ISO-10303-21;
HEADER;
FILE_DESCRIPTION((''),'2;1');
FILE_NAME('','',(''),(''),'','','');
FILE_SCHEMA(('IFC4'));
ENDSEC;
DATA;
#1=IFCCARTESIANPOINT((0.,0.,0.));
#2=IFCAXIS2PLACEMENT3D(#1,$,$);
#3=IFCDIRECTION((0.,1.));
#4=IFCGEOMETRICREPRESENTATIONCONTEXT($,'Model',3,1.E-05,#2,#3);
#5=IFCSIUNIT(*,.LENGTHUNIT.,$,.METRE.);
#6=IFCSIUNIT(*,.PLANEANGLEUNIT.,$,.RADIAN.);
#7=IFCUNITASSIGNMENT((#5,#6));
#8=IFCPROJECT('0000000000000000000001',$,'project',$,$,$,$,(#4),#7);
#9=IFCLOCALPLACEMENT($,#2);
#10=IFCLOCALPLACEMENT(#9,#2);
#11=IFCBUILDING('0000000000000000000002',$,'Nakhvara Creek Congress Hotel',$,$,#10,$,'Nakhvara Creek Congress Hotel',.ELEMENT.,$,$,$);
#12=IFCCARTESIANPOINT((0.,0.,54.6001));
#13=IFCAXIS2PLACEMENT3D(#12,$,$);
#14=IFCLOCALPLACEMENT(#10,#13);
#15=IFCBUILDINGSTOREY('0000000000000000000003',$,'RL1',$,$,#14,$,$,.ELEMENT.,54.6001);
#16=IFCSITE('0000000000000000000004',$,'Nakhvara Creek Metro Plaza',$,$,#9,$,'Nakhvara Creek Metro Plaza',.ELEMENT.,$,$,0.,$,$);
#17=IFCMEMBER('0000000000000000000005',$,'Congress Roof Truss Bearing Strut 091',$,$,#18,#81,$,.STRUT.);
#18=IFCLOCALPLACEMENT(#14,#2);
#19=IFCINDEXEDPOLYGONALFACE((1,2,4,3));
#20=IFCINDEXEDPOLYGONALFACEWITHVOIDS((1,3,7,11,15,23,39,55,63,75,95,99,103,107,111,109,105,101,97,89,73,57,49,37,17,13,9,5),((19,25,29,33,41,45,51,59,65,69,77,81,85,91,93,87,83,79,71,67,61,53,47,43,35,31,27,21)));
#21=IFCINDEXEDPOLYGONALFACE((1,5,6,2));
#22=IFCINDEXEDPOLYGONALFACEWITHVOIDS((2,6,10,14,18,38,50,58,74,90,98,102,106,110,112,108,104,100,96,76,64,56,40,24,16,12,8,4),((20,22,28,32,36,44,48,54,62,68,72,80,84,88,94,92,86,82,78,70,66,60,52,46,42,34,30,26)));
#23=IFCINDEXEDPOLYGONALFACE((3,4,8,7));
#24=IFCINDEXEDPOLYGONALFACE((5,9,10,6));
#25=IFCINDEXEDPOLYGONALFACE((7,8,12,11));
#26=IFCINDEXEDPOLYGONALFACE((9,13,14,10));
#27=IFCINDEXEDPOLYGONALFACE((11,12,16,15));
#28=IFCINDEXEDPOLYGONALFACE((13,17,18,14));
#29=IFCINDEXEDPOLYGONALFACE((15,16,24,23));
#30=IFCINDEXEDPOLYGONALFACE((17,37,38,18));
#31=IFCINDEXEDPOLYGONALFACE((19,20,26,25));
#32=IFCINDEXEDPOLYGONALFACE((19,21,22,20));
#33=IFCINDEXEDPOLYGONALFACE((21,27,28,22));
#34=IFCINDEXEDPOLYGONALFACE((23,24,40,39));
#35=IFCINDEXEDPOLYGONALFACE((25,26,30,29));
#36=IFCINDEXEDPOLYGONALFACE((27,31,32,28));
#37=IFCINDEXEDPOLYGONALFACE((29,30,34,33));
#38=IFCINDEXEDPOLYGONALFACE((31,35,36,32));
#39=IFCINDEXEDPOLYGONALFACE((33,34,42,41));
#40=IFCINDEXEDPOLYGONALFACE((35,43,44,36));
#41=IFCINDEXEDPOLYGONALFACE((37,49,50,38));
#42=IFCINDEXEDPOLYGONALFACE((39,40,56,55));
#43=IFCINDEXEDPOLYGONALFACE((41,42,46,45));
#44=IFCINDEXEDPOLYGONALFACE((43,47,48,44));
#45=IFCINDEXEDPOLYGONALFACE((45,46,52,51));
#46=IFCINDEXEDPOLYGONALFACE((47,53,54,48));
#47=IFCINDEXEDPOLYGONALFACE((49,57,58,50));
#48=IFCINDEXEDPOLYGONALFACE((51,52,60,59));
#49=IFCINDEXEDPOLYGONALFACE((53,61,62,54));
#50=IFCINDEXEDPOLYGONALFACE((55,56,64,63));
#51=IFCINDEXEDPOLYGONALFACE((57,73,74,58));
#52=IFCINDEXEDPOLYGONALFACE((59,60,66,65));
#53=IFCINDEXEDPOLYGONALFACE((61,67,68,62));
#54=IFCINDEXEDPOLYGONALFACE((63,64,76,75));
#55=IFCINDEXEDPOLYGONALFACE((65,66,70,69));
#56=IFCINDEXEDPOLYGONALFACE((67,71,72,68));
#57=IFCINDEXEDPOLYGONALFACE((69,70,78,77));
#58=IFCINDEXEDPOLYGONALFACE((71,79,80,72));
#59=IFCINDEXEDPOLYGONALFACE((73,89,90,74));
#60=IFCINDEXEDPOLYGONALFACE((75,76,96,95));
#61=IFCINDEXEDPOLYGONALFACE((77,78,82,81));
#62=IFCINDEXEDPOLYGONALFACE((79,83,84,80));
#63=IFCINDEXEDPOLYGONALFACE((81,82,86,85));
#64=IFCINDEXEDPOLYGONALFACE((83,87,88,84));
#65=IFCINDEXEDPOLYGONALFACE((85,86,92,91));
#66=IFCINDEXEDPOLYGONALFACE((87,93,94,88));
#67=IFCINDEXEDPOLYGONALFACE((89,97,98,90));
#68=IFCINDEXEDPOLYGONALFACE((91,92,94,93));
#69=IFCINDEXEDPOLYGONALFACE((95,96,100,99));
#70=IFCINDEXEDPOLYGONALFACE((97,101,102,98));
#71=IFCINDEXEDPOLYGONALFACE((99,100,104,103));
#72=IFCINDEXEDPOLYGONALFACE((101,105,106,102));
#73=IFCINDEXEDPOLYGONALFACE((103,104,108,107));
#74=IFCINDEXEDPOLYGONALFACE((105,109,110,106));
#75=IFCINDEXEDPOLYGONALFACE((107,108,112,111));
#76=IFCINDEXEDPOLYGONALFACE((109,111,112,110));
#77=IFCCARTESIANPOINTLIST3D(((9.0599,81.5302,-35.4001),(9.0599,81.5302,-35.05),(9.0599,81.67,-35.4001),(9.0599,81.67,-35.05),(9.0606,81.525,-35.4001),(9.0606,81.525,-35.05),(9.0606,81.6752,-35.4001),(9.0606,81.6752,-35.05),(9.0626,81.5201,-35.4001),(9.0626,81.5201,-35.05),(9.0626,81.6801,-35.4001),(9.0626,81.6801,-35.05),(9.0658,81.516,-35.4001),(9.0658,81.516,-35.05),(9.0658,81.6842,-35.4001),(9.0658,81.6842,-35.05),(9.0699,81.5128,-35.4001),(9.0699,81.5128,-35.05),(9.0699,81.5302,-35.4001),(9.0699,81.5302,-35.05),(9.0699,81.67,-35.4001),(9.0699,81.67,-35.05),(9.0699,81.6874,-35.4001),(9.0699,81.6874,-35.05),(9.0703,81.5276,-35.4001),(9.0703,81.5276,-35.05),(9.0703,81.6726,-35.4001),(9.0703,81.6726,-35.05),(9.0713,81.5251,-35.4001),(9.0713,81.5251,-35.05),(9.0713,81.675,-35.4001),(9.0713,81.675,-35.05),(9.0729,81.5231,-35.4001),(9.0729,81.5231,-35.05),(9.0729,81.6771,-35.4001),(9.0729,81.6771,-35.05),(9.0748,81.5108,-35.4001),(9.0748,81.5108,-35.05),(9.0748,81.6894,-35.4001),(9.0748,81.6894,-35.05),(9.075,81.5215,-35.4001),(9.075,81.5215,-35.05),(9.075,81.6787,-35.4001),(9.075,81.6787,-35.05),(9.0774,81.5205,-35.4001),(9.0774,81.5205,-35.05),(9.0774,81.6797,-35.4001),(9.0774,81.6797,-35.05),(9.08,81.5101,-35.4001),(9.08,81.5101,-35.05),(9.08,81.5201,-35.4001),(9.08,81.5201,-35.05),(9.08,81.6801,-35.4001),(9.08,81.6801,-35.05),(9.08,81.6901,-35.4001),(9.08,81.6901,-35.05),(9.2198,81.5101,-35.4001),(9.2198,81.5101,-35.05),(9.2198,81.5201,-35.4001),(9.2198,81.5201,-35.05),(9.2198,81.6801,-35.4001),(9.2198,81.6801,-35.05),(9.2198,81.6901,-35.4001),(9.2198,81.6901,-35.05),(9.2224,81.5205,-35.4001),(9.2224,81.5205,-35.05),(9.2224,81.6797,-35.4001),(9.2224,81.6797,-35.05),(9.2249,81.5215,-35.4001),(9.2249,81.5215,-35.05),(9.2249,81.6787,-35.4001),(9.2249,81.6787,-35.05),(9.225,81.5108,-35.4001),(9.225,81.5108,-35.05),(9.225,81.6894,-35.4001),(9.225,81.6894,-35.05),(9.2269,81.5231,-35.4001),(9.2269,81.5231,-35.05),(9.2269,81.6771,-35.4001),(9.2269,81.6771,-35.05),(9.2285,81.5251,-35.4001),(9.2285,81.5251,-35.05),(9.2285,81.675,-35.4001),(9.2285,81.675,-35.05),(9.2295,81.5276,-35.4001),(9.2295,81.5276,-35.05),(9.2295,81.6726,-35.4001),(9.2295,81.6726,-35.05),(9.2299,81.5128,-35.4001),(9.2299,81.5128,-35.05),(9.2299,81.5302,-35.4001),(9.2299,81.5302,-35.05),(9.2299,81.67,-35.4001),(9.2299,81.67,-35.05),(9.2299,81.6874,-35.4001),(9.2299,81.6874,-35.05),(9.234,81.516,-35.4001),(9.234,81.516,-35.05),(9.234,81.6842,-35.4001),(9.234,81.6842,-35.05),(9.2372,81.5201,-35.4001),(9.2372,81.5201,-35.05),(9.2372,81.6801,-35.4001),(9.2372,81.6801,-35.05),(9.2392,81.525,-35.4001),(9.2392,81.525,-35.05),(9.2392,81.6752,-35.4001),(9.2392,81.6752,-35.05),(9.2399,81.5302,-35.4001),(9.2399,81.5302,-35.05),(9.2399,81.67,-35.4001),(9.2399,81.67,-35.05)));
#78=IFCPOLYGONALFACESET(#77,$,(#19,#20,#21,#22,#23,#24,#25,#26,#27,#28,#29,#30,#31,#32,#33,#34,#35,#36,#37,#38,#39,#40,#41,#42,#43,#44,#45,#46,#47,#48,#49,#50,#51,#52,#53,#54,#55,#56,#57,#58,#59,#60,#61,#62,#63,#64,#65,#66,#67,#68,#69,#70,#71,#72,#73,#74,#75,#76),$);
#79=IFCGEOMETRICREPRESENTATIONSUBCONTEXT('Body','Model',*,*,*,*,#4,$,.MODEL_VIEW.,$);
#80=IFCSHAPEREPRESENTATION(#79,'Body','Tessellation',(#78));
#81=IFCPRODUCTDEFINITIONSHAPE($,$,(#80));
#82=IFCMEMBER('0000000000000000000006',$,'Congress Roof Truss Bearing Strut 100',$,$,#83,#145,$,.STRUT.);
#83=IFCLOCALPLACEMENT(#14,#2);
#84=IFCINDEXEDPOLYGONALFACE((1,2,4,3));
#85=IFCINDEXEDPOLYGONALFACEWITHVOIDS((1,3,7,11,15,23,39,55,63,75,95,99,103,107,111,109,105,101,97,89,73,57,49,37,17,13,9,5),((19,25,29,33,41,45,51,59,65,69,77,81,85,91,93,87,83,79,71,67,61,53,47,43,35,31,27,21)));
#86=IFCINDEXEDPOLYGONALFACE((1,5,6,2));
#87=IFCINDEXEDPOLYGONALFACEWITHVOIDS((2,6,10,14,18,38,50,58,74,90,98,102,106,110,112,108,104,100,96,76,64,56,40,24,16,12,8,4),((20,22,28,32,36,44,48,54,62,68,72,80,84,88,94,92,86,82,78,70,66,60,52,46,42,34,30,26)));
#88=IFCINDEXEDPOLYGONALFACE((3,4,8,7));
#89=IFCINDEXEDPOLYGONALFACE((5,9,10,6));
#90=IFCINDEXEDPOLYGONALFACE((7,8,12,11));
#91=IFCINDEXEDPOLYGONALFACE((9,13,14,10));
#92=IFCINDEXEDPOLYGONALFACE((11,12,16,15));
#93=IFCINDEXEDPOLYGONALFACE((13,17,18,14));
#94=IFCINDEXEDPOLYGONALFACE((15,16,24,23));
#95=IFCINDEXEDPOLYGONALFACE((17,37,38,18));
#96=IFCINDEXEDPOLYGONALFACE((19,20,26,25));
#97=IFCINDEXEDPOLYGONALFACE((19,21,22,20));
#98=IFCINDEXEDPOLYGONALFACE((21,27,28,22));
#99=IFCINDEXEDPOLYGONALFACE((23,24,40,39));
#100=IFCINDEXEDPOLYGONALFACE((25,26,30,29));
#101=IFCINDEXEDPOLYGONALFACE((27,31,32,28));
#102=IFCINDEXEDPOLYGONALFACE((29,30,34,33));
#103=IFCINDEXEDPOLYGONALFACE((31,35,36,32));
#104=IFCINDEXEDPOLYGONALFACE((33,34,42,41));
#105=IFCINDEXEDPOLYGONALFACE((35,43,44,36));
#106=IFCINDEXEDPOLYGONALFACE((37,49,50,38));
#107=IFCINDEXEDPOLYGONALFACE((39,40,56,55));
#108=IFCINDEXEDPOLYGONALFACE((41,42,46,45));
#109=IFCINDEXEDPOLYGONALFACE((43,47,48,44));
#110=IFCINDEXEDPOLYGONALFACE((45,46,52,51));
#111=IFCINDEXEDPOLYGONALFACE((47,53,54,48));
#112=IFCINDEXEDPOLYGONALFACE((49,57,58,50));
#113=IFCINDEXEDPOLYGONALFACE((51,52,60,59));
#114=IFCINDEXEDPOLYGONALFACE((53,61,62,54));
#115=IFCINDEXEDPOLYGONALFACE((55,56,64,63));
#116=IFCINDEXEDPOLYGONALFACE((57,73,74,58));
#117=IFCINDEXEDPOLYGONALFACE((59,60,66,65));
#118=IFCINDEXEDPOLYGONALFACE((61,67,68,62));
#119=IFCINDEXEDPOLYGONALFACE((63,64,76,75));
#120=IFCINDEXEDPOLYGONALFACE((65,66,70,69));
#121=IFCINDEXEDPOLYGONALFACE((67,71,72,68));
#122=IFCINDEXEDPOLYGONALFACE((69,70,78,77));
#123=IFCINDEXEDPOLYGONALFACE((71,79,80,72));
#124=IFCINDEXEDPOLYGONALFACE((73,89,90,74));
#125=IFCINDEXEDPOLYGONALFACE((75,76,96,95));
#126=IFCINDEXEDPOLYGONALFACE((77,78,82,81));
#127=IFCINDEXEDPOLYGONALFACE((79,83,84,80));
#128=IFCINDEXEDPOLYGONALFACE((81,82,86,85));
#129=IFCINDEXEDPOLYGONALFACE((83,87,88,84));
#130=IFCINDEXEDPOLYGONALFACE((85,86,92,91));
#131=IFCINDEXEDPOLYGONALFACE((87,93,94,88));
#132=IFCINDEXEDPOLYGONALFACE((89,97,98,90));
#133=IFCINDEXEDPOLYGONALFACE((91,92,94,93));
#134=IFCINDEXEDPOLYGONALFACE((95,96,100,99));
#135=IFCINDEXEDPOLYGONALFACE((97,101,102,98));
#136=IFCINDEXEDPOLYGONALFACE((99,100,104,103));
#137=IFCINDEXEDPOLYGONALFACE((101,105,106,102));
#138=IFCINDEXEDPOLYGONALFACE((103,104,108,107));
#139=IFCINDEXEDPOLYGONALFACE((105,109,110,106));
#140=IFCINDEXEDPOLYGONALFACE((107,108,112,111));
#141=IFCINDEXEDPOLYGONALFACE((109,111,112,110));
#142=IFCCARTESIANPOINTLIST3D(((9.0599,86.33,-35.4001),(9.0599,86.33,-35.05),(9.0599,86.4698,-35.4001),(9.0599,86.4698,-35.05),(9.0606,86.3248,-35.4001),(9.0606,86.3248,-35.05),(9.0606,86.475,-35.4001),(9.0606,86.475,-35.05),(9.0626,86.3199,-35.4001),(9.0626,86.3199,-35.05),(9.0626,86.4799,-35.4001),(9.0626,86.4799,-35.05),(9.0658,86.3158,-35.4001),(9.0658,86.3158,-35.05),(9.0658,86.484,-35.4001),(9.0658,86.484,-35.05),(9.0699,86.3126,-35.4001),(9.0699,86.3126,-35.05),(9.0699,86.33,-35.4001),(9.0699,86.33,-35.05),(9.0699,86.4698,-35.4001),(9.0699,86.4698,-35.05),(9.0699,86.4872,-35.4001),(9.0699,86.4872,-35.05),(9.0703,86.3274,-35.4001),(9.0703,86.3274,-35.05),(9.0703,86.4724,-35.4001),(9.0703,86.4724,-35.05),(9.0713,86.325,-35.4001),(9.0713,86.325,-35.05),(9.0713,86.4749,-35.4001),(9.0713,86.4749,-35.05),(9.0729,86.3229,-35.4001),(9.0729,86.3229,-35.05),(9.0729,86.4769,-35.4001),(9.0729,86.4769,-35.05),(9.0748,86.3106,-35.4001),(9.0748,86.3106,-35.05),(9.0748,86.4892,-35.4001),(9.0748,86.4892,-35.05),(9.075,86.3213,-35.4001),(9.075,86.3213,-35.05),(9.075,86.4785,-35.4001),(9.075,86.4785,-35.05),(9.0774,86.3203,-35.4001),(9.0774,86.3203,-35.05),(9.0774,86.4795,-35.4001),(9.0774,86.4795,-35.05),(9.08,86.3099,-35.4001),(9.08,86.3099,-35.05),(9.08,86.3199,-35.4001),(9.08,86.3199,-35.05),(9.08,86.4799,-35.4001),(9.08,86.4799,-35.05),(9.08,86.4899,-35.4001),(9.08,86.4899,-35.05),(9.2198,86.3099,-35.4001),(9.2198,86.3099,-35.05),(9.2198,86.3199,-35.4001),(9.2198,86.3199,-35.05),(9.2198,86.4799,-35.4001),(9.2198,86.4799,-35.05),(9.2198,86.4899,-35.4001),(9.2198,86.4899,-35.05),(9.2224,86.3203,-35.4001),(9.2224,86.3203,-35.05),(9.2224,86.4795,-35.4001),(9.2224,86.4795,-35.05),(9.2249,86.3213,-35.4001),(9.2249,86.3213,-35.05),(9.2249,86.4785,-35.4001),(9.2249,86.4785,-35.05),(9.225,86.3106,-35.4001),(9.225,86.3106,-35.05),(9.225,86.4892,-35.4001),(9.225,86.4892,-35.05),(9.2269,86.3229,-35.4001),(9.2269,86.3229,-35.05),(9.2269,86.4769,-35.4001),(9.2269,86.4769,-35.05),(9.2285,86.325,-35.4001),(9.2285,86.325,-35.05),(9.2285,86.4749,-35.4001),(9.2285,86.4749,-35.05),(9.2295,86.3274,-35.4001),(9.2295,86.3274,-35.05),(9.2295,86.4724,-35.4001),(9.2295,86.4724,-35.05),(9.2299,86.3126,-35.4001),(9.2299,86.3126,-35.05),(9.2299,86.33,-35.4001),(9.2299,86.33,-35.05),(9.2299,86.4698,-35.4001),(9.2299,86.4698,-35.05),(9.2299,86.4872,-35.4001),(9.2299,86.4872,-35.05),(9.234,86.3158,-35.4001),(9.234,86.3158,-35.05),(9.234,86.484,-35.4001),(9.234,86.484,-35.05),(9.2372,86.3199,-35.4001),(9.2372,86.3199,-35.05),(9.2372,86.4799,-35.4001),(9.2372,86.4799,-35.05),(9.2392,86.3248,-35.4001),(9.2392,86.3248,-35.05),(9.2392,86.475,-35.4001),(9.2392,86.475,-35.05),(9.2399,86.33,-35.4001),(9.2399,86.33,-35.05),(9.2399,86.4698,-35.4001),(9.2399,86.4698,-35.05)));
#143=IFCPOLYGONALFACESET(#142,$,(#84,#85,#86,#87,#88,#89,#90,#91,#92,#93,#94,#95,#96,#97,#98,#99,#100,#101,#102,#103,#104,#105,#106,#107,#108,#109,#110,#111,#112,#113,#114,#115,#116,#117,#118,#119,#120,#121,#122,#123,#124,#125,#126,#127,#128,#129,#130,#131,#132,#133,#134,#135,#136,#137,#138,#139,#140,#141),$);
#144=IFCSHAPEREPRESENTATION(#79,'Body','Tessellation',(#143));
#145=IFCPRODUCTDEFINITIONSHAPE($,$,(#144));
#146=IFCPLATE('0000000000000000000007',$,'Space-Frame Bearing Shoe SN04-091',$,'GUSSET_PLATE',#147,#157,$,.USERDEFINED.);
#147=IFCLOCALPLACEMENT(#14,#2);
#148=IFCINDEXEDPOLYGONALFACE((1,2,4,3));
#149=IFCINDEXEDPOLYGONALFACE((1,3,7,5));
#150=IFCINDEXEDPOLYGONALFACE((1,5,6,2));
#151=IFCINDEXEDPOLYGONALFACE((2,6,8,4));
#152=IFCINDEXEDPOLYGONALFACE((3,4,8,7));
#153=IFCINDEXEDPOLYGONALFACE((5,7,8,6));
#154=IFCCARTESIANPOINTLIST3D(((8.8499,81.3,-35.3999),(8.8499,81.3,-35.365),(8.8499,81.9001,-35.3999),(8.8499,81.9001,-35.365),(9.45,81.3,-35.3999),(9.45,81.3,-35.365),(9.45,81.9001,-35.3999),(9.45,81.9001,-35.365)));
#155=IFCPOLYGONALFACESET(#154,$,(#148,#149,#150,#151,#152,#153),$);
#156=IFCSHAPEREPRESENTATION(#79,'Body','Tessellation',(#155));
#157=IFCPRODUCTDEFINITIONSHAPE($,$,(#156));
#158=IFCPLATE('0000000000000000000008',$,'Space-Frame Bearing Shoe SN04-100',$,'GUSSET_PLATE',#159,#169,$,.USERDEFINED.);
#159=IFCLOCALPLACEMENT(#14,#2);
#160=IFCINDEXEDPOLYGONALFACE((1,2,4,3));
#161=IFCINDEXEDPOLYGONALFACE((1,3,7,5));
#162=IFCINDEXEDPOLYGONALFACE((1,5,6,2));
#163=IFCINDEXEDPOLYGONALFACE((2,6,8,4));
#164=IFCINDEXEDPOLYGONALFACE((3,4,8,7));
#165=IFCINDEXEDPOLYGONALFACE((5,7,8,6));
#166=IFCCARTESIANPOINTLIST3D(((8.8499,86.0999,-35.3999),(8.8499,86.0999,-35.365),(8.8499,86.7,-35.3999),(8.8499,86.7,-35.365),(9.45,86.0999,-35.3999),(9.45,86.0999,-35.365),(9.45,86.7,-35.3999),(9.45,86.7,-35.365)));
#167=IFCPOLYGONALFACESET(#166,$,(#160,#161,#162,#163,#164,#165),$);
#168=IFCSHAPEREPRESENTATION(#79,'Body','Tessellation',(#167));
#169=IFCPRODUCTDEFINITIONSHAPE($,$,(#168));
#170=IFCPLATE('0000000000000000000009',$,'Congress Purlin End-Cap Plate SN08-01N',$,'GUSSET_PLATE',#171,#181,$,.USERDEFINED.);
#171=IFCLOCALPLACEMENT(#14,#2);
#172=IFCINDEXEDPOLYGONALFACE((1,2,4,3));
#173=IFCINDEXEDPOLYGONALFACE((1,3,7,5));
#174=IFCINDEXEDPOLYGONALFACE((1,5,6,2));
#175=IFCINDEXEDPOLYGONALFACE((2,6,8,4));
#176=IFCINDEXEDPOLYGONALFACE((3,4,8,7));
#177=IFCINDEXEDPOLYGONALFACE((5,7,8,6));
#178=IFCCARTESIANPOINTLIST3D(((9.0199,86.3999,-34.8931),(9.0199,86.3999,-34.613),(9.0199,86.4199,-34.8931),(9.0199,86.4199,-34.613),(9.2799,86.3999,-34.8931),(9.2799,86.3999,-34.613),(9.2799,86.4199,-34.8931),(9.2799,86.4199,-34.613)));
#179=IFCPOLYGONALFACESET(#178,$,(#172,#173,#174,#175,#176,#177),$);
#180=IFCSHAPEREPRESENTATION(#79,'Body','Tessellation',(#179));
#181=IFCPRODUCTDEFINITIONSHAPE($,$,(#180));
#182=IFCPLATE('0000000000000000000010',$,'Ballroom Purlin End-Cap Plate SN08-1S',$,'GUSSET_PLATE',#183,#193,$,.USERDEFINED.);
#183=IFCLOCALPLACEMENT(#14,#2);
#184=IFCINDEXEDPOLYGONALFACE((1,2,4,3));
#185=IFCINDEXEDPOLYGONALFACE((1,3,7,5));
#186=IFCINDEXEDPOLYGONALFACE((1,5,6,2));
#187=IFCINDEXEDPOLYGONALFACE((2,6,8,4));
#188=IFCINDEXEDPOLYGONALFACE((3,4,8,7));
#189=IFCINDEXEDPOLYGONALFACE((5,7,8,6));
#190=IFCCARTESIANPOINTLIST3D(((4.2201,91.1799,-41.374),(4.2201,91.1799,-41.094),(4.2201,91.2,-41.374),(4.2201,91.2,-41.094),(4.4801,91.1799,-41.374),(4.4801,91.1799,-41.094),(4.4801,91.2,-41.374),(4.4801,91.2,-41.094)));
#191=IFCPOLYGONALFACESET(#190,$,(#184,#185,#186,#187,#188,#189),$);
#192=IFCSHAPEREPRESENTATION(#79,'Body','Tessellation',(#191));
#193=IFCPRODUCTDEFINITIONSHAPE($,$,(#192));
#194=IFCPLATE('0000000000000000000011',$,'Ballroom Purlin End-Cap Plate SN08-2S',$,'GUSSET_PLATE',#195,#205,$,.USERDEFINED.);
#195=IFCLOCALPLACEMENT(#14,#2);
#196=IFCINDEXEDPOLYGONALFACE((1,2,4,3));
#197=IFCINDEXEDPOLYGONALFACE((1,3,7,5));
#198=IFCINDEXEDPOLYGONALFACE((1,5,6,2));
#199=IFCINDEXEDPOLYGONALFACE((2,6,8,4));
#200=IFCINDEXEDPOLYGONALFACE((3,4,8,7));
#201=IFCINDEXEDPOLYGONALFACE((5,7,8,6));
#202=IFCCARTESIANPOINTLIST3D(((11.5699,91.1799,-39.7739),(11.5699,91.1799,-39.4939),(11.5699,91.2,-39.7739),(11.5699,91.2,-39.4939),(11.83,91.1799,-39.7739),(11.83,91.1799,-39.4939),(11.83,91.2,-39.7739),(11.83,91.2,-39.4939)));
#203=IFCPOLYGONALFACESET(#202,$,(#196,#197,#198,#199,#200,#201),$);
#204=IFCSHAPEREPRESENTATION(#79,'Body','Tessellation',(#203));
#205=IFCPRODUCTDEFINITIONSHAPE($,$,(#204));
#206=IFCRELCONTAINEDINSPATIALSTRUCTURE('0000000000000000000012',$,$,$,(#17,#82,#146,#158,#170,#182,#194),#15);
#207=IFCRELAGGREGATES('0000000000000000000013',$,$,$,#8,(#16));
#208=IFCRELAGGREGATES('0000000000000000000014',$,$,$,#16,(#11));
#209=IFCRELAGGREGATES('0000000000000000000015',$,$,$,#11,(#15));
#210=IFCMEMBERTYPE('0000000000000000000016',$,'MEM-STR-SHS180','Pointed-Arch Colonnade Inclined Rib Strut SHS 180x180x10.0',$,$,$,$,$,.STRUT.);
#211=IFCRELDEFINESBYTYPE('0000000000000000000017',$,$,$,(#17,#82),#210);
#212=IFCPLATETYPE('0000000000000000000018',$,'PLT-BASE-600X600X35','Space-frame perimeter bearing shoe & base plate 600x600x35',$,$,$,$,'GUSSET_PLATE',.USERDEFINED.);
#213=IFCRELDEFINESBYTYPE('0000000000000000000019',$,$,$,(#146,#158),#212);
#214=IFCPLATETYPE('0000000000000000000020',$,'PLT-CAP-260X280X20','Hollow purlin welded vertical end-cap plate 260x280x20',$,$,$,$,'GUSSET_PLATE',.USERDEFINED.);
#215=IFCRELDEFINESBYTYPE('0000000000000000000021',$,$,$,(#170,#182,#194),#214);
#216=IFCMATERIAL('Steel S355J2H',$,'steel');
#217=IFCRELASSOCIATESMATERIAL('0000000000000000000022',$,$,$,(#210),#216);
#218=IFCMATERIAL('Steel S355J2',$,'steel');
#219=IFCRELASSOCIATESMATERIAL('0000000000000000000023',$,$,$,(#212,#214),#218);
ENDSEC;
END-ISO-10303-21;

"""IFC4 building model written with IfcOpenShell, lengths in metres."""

from ifc_helpers import new_model, si_unit, direction, frame, origin, origin_2d, place, context, subcontext, project, spatial, rectangle, hollow_rectangle, extrude, material, material_profile, profile_set, type_object, element, save


model = new_model("IFC4")

# Units and contexts
model_context = context("Model", 3, precision=1e-05, world=origin(), true_north=direction((0.0, 1.0)))
body_context = subcontext(model_context, "Body", "Model", "MODEL_VIEW")
ifc_project = project(units=[si_unit("LENGTHUNIT", "METRE"), si_unit("PLANEANGLEUNIT", "RADIAN")], contexts=[model_context])

# Site, building, storey
site_placement = place(None, origin())
site = spatial("IfcSite", under=ifc_project, at=site_placement, Name="Nakhvara Creek Metro Plaza", LongName="Nakhvara Creek Metro Plaza", CompositionType="ELEMENT", RefElevation=0.0)
building_placement = place(site_placement, origin())
building = spatial("IfcBuilding", under=site, at=building_placement, Name="Nakhvara Creek Congress Hotel", LongName="Nakhvara Creek Congress Hotel", CompositionType="ELEMENT")
storey_placement = place(building_placement, frame((0.0, 0.0, 54.6001)))
storey = spatial("IfcBuildingStorey", under=building, at=storey_placement, Name="RL1", CompositionType="ELEMENT", Elevation=54.6001)

# Members
ifc_material_1 = material(Name="Steel S355J2H", Category="steel")
ifc_material_profile_1 = material_profile(ifc_material_1, hollow_rectangle(XDim=0.1799, YDim=0.1799, WallThickness=0.01, InnerFilletRadius=0.01, OuterFilletRadius=0.02, at=origin_2d()), Name="SHS 180x180x10.0", Category="LoadBearing")
ifc_profile_set_1 = profile_set([ifc_material_profile_1], Name="Steel S355J2H")
member_type_1 = type_object("IfcMemberType", Name="MEM-STR-SHS180", Description="Pointed-Arch Colonnade Inclined Rib Strut SHS 180x180x10.0", PredefinedType="STRUT", material=ifc_profile_set_1)
for number, where, z_axis, x_axis, name in (
    (1, (9.1499, 81.6001, -35.4001), (0.0, 0.0, 1.0), (1.0, 0.0, 0.0), "Congress Roof Truss Bearing Strut 091"),
    (2, (9.1499, 86.3999, -35.4001), (0.0, 0.0, 1.0), (1.0, 0.0, 0.0), "Congress Roof Truss Bearing Strut 100"),
):
    element("IfcMember", number, at=place(storey_placement, frame(where, z_axis=z_axis, x_axis=x_axis)), inside=storey, type_object=member_type_1, Name=name, PredefinedType="STRUT", context=body_context, shape_type="SweptSolid", body=[
        extrude(hollow_rectangle(XDim=0.1799, YDim=0.1799, WallThickness=0.01, InnerFilletRadius=0.01, OuterFilletRadius=0.02, at=origin_2d()), origin(), (0.0, 0.0, 1.0), 0.3501),
    ])

# Plates
ifc_material_2 = material(Name="Steel S355J2", Category="steel")
plate_type_1 = type_object("IfcPlateType", Name="PLT-BASE-600X600X35", Description="Space-frame perimeter bearing shoe & base plate 600x600x35", ElementType="GUSSET_PLATE", PredefinedType="USERDEFINED", material=ifc_material_2)
for number, where, z_axis, x_axis, name in (
    (3, (9.1499, 81.6001, -35.3999), (0.0, 0.0, 1.0), (1.0, 0.0, 0.0), "Space-Frame Bearing Shoe SN04-091"),
    (4, (9.1499, 86.3999, -35.3999), (0.0, 0.0, 1.0), (1.0, 0.0, 0.0), "Space-Frame Bearing Shoe SN04-100"),
):
    element("IfcPlate", number, at=place(storey_placement, frame(where, z_axis=z_axis, x_axis=x_axis)), inside=storey, type_object=plate_type_1, Name=name, ObjectType="GUSSET_PLATE", PredefinedType="USERDEFINED", context=body_context, shape_type="SweptSolid", body=[
        extrude(rectangle(XDim=0.6001, YDim=0.6001, at=origin_2d()), origin(), (0.0, 0.0, 1.0), 0.0349),
    ])
plate_type_2 = type_object("IfcPlateType", Name="PLT-CAP-260X280X20", Description="Hollow purlin welded vertical end-cap plate 260x280x20", ElementType="GUSSET_PLATE", PredefinedType="USERDEFINED", material=ifc_material_2)
for number, where, z_axis, x_axis, name in (
    (5, (9.1499, 86.4099, -34.8931), (0.0, 0.0, 1.0), (1.0, 0.0, 0.0), "Congress Purlin End-Cap Plate SN08-01N"),
    (6, (4.3501, 91.1899, -41.374), (0.0, 0.0, 1.0), (1.0, 0.0, 0.0), "Ballroom Purlin End-Cap Plate SN08-1S"),
    (7, (11.7, 91.1899, -39.7739), (0.0, 0.0, 1.0), (1.0, 0.0, 0.0), "Ballroom Purlin End-Cap Plate SN08-2S"),
):
    element("IfcPlate", number, at=place(storey_placement, frame(where, z_axis=z_axis, x_axis=x_axis)), inside=storey, type_object=plate_type_2, Name=name, ObjectType="GUSSET_PLATE", PredefinedType="USERDEFINED", context=body_context, shape_type="SweptSolid", body=[
        extrude(rectangle(XDim=0.26, YDim=0.02, at=origin_2d()), origin(), (0.0, 0.0, 1.0), 0.28),
    ])

save(model, "model.ifc")
